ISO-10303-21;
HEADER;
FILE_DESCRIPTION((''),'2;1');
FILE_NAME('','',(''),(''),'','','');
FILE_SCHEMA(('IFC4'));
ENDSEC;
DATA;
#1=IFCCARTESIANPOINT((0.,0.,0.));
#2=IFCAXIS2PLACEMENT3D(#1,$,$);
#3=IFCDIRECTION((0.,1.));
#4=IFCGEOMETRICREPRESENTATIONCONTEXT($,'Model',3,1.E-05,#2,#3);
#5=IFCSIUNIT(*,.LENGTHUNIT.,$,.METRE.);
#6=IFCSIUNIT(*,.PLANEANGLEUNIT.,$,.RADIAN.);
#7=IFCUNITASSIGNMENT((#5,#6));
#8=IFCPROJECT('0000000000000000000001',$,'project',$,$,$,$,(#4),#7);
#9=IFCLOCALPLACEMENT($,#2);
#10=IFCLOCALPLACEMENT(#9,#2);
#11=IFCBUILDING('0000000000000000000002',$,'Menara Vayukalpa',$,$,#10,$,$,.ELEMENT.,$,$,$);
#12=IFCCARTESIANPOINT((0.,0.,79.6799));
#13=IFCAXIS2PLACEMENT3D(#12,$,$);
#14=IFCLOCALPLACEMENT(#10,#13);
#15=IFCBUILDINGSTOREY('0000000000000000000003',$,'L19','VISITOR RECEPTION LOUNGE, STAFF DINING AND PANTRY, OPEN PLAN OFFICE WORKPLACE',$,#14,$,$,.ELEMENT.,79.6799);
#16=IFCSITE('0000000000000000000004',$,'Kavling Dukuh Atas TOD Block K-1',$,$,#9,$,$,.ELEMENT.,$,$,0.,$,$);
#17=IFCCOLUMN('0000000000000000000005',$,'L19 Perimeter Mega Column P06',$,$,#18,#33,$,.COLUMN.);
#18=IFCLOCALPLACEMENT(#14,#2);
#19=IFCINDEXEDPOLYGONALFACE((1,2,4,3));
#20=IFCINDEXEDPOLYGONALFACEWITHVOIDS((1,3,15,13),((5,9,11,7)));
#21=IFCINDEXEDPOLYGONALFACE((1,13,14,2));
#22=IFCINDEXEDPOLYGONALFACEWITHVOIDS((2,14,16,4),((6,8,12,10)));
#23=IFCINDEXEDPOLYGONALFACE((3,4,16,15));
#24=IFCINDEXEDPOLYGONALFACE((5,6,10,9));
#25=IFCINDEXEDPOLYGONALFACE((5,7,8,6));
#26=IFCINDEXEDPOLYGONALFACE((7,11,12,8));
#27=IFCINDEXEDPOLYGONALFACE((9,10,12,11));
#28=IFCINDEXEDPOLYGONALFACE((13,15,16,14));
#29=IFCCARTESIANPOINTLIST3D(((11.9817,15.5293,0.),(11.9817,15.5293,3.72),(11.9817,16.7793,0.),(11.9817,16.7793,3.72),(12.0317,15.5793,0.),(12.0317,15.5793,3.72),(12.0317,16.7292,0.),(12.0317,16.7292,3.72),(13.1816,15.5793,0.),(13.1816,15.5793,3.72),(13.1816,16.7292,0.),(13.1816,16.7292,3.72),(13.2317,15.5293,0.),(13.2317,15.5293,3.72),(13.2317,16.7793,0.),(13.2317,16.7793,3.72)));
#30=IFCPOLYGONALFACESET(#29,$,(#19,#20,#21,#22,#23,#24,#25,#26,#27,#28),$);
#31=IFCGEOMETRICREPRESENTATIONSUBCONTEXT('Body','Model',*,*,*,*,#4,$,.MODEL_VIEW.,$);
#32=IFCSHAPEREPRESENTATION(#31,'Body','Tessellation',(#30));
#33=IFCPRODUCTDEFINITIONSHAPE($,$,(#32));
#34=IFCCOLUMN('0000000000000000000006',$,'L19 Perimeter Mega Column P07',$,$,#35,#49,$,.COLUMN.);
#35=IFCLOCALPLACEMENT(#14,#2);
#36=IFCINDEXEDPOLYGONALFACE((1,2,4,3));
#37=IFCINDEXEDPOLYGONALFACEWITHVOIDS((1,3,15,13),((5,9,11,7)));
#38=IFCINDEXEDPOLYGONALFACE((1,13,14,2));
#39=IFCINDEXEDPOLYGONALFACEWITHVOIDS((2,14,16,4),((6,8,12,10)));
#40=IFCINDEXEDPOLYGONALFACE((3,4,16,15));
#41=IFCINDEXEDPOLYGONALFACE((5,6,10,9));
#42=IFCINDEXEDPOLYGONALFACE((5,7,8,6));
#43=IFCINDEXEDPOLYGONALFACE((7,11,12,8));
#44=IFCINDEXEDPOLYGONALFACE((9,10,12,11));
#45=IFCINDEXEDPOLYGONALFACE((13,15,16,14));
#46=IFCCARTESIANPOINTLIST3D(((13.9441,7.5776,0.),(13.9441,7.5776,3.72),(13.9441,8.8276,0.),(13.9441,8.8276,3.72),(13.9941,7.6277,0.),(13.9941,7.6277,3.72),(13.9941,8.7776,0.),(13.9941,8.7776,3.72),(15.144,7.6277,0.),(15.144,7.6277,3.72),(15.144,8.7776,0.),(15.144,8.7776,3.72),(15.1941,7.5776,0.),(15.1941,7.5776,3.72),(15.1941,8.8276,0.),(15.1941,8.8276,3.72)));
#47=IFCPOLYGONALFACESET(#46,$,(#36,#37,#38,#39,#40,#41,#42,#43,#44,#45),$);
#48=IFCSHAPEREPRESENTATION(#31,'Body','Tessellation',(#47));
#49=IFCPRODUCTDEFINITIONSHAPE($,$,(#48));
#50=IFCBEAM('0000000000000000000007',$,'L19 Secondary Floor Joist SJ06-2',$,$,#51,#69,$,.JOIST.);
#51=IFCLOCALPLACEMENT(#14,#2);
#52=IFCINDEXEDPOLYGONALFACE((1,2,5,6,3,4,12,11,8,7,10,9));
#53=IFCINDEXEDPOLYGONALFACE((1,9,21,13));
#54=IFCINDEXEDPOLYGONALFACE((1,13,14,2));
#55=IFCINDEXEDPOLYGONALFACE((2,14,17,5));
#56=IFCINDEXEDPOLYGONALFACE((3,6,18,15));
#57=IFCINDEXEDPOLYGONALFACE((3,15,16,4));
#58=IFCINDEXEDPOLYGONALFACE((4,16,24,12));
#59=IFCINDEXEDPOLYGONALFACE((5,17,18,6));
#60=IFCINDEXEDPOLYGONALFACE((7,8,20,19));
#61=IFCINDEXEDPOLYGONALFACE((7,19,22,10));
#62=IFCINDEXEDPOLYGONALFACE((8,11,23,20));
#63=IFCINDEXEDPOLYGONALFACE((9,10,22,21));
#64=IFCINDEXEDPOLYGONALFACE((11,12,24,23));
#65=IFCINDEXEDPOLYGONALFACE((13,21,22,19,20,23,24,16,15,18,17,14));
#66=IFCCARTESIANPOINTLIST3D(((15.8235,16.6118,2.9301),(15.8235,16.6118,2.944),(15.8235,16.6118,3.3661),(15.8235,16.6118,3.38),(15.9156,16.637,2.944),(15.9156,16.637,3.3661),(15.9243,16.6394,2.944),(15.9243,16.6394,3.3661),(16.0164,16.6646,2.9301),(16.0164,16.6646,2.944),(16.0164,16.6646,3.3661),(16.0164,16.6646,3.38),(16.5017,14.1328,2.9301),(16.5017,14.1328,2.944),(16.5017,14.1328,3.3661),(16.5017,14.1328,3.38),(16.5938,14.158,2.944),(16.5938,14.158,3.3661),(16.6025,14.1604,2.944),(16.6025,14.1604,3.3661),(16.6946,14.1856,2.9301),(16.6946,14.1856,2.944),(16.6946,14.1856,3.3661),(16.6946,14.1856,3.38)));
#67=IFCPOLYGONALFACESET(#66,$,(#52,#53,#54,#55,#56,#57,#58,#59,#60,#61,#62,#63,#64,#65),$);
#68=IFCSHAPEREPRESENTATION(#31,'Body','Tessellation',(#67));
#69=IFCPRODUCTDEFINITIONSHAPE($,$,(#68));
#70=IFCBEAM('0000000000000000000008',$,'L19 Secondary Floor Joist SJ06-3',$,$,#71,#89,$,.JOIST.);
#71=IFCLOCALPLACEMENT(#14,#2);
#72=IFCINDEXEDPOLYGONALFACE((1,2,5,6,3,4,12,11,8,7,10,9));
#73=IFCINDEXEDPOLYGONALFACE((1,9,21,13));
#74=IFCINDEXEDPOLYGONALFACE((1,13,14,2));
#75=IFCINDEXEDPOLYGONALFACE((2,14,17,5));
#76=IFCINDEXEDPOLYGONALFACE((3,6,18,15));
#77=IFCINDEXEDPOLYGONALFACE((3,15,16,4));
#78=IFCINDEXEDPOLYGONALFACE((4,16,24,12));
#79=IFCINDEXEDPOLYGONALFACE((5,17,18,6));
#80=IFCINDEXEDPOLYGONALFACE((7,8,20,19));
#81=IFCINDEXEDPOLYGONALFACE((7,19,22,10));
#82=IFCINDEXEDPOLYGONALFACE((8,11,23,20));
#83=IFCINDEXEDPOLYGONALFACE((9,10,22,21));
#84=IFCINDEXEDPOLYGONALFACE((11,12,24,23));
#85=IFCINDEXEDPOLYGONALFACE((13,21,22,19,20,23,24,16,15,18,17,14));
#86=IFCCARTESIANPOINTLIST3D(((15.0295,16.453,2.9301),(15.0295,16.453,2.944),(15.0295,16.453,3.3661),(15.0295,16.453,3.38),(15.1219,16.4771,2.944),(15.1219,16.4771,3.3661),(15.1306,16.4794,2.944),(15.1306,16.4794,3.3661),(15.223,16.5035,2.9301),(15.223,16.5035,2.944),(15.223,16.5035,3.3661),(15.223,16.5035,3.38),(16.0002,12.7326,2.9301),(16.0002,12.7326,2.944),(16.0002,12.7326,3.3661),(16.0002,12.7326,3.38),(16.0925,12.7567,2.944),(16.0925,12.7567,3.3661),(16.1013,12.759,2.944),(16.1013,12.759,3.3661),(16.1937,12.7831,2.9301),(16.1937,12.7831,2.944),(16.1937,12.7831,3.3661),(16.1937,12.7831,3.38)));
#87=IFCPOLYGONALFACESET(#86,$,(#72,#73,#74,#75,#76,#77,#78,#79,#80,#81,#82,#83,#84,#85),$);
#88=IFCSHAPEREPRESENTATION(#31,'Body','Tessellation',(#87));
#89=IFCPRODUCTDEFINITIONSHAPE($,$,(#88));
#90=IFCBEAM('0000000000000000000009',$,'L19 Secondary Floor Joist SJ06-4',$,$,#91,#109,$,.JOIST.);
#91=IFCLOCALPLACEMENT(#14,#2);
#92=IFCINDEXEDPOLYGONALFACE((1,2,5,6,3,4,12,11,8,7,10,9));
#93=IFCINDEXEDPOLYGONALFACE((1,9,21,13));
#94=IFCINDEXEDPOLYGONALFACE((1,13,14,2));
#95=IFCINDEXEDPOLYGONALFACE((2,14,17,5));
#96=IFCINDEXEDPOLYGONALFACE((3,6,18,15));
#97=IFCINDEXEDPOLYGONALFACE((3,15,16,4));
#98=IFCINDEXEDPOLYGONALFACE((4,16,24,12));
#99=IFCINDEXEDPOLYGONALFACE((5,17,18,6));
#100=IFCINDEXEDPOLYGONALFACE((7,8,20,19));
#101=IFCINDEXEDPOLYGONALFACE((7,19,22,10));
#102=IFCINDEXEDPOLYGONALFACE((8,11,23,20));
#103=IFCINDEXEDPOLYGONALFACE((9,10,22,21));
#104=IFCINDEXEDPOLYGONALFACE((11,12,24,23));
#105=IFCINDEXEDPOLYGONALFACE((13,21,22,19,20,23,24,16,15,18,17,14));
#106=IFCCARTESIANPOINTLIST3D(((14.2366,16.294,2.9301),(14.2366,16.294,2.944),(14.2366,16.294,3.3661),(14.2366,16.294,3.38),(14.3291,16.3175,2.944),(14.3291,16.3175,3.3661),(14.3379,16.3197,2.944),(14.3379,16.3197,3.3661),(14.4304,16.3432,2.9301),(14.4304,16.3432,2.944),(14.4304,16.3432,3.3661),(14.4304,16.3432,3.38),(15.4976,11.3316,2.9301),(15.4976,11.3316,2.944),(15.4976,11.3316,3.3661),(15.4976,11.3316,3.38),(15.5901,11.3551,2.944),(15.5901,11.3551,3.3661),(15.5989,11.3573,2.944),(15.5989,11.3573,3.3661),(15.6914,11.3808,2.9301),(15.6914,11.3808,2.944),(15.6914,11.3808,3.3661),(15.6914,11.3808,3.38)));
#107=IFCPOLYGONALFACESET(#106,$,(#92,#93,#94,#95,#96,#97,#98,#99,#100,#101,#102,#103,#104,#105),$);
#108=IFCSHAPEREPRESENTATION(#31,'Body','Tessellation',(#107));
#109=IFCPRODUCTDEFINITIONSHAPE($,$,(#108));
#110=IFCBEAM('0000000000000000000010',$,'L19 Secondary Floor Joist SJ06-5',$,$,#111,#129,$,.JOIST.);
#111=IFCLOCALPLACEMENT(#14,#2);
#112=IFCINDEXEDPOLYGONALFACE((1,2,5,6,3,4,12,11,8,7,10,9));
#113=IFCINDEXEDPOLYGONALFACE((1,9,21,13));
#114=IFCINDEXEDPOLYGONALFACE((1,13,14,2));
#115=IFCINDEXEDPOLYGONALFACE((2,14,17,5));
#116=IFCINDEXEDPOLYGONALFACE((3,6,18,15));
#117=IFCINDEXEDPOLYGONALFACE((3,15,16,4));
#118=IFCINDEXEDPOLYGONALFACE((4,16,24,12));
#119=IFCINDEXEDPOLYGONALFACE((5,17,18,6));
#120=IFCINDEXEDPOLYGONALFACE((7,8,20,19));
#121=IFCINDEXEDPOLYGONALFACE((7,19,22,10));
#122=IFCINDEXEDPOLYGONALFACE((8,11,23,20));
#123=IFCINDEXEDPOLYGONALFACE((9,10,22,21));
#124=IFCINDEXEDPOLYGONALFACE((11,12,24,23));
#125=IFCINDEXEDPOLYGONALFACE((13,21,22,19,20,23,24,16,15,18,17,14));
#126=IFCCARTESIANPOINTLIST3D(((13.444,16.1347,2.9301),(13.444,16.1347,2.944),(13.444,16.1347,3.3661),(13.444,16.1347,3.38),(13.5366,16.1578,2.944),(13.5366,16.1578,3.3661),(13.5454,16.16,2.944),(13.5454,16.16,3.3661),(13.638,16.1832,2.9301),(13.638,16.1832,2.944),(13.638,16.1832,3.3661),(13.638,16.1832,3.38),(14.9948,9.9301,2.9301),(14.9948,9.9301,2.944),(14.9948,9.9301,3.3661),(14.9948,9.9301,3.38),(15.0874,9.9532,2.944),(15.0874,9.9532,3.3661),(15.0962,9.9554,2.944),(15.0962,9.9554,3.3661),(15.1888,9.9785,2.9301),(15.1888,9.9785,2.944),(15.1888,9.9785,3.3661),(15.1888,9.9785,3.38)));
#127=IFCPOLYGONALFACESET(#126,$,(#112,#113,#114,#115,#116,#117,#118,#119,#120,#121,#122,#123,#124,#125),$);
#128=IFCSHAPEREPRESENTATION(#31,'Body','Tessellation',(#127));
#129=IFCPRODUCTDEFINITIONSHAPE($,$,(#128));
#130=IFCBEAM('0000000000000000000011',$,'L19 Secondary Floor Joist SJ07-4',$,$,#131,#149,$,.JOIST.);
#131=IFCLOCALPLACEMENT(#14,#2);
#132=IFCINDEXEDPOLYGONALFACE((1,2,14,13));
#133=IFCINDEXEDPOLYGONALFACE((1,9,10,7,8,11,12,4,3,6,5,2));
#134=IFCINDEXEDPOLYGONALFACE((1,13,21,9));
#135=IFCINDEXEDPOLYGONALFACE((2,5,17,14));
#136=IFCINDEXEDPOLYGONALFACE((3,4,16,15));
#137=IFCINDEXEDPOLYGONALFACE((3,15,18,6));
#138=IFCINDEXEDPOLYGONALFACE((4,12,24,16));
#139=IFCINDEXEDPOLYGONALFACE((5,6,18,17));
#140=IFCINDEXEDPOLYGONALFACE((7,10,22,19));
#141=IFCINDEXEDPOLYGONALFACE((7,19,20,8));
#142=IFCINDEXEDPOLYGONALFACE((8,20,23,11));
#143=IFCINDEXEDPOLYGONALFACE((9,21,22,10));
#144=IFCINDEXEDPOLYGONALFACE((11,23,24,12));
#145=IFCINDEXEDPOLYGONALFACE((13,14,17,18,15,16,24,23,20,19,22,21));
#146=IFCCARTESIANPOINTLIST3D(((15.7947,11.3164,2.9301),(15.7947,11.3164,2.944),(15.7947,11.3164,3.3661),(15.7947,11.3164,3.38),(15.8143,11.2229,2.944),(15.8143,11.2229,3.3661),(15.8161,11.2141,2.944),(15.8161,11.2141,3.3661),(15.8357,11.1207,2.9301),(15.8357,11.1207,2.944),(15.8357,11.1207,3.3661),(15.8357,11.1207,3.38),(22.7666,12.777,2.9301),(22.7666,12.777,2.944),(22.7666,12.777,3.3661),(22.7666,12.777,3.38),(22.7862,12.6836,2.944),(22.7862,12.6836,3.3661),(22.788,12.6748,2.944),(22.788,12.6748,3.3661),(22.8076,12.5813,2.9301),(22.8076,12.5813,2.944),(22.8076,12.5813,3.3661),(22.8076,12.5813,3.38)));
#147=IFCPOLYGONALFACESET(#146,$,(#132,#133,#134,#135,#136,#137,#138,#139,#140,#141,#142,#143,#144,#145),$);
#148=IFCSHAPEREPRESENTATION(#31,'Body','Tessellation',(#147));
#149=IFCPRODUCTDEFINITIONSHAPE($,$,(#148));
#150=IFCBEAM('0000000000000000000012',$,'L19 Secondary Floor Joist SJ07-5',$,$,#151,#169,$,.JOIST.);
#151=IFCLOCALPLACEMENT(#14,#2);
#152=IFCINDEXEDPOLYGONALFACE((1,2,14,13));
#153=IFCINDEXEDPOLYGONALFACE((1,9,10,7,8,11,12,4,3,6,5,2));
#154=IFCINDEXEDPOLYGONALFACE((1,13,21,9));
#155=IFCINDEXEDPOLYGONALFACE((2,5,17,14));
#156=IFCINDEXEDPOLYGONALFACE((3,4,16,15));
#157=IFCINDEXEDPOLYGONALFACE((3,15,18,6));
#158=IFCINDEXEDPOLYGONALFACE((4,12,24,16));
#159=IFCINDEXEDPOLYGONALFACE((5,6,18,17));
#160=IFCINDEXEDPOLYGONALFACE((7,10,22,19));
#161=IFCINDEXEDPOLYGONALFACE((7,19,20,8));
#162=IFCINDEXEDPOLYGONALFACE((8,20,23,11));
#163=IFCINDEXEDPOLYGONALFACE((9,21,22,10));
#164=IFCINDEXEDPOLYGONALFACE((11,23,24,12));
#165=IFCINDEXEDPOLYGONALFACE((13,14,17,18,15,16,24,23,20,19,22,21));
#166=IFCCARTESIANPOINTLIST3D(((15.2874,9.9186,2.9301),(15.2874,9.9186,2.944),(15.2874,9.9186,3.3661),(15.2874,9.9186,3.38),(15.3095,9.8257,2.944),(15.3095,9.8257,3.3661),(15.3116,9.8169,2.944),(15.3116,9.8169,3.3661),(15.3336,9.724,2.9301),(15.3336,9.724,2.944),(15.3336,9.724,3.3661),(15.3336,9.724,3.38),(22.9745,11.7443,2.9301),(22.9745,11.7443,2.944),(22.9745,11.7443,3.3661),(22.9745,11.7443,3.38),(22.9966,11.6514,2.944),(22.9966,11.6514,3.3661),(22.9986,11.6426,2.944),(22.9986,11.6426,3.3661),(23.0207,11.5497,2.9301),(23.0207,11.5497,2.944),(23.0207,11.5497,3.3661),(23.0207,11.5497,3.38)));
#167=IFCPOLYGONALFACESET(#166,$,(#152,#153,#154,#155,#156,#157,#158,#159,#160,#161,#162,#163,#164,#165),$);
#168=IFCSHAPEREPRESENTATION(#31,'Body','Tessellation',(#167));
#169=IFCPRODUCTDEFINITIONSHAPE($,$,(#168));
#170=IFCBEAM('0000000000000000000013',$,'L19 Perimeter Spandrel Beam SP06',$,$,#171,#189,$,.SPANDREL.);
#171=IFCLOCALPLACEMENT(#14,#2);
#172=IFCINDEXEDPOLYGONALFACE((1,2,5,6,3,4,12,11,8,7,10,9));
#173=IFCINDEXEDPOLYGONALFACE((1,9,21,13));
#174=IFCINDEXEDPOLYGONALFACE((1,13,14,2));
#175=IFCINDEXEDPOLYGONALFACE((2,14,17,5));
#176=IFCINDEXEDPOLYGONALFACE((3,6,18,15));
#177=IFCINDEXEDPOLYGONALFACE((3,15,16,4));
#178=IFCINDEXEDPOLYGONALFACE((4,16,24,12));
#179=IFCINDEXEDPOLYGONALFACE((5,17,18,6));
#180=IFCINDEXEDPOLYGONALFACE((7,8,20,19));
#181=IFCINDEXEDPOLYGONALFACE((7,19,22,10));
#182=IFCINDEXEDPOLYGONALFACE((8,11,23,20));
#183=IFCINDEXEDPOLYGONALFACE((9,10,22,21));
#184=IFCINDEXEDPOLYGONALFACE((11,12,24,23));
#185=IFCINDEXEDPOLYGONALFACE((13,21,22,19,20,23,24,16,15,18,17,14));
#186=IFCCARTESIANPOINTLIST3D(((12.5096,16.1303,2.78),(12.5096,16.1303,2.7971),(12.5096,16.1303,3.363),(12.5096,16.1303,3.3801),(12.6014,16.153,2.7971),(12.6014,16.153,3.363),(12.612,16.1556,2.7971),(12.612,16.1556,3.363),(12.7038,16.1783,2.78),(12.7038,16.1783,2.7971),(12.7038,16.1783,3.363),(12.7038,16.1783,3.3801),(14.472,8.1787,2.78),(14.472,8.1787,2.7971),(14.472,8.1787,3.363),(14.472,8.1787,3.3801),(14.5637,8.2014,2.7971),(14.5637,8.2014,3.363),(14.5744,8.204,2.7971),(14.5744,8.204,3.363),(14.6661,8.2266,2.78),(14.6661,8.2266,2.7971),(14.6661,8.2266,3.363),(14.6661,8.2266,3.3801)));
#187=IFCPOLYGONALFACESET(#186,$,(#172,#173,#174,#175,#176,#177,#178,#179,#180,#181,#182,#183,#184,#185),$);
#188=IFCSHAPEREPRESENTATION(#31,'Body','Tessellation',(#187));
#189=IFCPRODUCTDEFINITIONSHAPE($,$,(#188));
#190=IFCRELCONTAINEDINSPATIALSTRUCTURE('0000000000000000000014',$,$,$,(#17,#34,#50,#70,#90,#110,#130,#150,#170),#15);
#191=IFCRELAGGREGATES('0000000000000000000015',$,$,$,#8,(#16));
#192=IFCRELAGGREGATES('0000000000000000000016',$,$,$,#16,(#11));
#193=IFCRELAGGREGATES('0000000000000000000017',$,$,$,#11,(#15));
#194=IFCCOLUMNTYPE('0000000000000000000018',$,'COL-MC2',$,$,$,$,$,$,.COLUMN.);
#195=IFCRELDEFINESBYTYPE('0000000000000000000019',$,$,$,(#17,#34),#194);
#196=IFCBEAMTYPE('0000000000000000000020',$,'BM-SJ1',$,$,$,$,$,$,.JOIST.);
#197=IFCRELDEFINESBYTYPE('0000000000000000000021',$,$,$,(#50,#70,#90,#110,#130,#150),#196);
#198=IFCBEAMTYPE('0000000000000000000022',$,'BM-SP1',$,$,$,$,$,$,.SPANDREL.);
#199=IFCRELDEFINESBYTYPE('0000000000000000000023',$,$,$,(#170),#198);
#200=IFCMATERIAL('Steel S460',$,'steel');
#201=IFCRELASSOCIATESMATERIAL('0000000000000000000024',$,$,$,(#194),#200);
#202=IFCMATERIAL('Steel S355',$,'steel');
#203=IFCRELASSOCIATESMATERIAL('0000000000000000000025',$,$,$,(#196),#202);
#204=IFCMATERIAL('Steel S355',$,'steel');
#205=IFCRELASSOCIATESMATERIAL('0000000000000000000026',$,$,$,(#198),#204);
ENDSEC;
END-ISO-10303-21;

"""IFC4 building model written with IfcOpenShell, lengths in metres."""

from ifc_helpers import new_model, si_unit, direction, frame, origin, origin_2d, place, context, subcontext, project, spatial, hollow_rectangle, i_section, extrude, material, material_profile, profile_set, type_object, element, save


model = new_model("IFC4")

# Units and contexts
model_context = context("Model", 3, precision=1e-05, world=origin(), true_north=direction((0.0, 1.0)))
body_context = subcontext(model_context, "Body", "Model", "MODEL_VIEW")
ifc_project = project(units=[si_unit("LENGTHUNIT", "METRE"), si_unit("PLANEANGLEUNIT", "RADIAN")], contexts=[model_context])

# Site, building, storey
site_placement = place(None, origin())
site = spatial("IfcSite", under=ifc_project, at=site_placement, Name="Kavling Dukuh Atas TOD Block K-1", CompositionType="ELEMENT", RefElevation=0.0)
building_placement = place(site_placement, origin())
building = spatial("IfcBuilding", under=site, at=building_placement, Name="Menara Vayukalpa", CompositionType="ELEMENT")
storey_placement = place(building_placement, frame((0.0, 0.0, 79.6799)))
storey = spatial("IfcBuildingStorey", under=building, at=storey_placement, Name="L19", Description="VISITOR RECEPTION LOUNGE, STAFF DINING AND PANTRY, OPEN PLAN OFFICE WORKPLACE", CompositionType="ELEMENT", Elevation=79.6799)

# Columns
ifc_material_1 = material(Name="Steel S460", Category="steel")
ifc_material_profile_1 = material_profile(ifc_material_1, hollow_rectangle(XDim=1.25, YDim=1.25, WallThickness=0.05, at=origin_2d()), Name="BOX 1250x1250x50")
ifc_profile_set_1 = profile_set([ifc_material_profile_1], Name="Steel S460")
column_type = type_object("IfcColumnType", Name="COL-MC2", PredefinedType="COLUMN", material=ifc_profile_set_1)
for number, where, z_axis, x_axis, name in (
    (1, (12.6067, 16.1543, 0.0), (0.0, 0.0, 1.0), (1.0, 0.0, 0.0), "L19 Perimeter Mega Column P06"),
    (2, (14.5691, 8.2026, 0.0), (0.0, 0.0, 1.0), (1.0, 0.0, 0.0), "L19 Perimeter Mega Column P07"),
):
    element("IfcColumn", number, at=place(storey_placement, frame(where, z_axis=z_axis, x_axis=x_axis)), inside=storey, type_object=column_type, Name=name, PredefinedType="COLUMN", context=body_context, shape_type="SweptSolid", body=[
        extrude(hollow_rectangle(XDim=1.25, YDim=1.25, WallThickness=0.05, at=origin_2d()), origin(), (0.0, 0.0, 1.0), 3.72),
    ])

# Beams
ifc_material_2 = material(Name="Steel S355", Category="steel")
ifc_material_profile_2 = material_profile(ifc_material_2, i_section(OverallWidth=0.2, OverallDepth=0.45, WebThickness=0.009, FlangeThickness=0.0139, at=origin_2d()), Name="WF 450x200x9x14")
ifc_profile_set_2 = profile_set([ifc_material_profile_2], Name="Steel S355")
beam_type_1 = type_object("IfcBeamType", Name="BM-SJ1", PredefinedType="JOIST", material=ifc_profile_set_2)
beam_1_placement = place(storey_placement, frame((15.9199, 16.6382, 3.155), z_axis=(0.263889, -0.964553, 0.0), x_axis=(0.964553, 0.263889, 0.0)))
element("IfcBeam", 3, at=beam_1_placement, inside=storey, type_object=beam_type_1, Name="L19 Secondary Floor Joist SJ06-2", PredefinedType="JOIST", context=body_context, shape_type="SweptSolid", body=[
    extrude(i_section(OverallWidth=0.2, OverallDepth=0.45, WebThickness=0.009, FlangeThickness=0.0139, at=origin_2d()), origin(), (0.0, 0.0, 1.0), 2.5701),
])
beam_2_placement = place(storey_placement, frame((15.1262, 16.4783, 3.155), z_axis=(0.252458, -0.967608, 0.0), x_axis=(0.967608, 0.252458, 0.0)))
element("IfcBeam", 4, at=beam_2_placement, inside=storey, type_object=beam_type_1, Name="L19 Secondary Floor Joist SJ06-3", PredefinedType="JOIST", context=body_context, shape_type="SweptSolid", body=[
    extrude(i_section(OverallWidth=0.2, OverallDepth=0.45, WebThickness=0.009, FlangeThickness=0.0139, at=origin_2d()), origin(), (0.0, 0.0, 1.0), 3.845),
])
beam_3_placement = place(storey_placement, frame((14.3335, 16.3186, 3.155), z_axis=(0.246281, -0.969198, 0.0), x_axis=(0.969198, 0.246281, 0.0)))
element("IfcBeam", 5, at=beam_3_placement, inside=storey, type_object=beam_type_1, Name="L19 Secondary Floor Joist SJ06-4", PredefinedType="JOIST", context=body_context, shape_type="SweptSolid", body=[
    extrude(i_section(OverallWidth=0.2, OverallDepth=0.45, WebThickness=0.009, FlangeThickness=0.0139, at=origin_2d()), origin(), (0.0, 0.0, 1.0), 5.1201),
])
beam_4_placement = place(storey_placement, frame((13.541, 16.1589, 3.155), z_axis=(0.242482, -0.970156, 0.0), x_axis=(0.970156, 0.242482, 0.0)))
element("IfcBeam", 6, at=beam_4_placement, inside=storey, type_object=beam_type_1, Name="L19 Secondary Floor Joist SJ06-5", PredefinedType="JOIST", context=body_context, shape_type="SweptSolid", body=[
    extrude(i_section(OverallWidth=0.2, OverallDepth=0.45, WebThickness=0.009, FlangeThickness=0.0139, at=origin_2d()), origin(), (0.0, 0.0, 1.0), 6.3955),
])
beam_5_placement = place(storey_placement, frame((15.8152, 11.2185, 3.155), z_axis=(0.97875, 0.205059, 0.0), x_axis=(-0.205059, 0.97875, 0.0)))
element("IfcBeam", 7, at=beam_5_placement, inside=storey, type_object=beam_type_1, Name="L19 Secondary Floor Joist SJ07-4", PredefinedType="JOIST", context=body_context, shape_type="SweptSolid", body=[
    extrude(i_section(OverallWidth=0.2, OverallDepth=0.45, WebThickness=0.009, FlangeThickness=0.0139, at=origin_2d()), origin(), (0.0, 0.0, 1.0), 7.1233),
])
beam_6_placement = place(storey_placement, frame((15.3105, 9.8213, 3.155), z_axis=(0.972936, 0.231075, 0.0), x_axis=(-0.231075, 0.972936, 0.0)))
element("IfcBeam", 8, at=beam_6_placement, inside=storey, type_object=beam_type_1, Name="L19 Secondary Floor Joist SJ07-5", PredefinedType="JOIST", context=body_context, shape_type="SweptSolid", body=[
    extrude(i_section(OverallWidth=0.2, OverallDepth=0.45, WebThickness=0.009, FlangeThickness=0.0139, at=origin_2d()), origin(), (0.0, 0.0, 1.0), 7.9009),
])
ifc_material_3 = material(Name="Steel S355", Category="steel")
ifc_material_profile_3 = material_profile(ifc_material_3, i_section(OverallWidth=0.2, OverallDepth=0.6001, WebThickness=0.011, FlangeThickness=0.0171, at=origin_2d()), Name="WF 600x200x11x17")
ifc_profile_set_3 = profile_set([ifc_material_profile_3], Name="Steel S355")
beam_type_2 = type_object("IfcBeamType", Name="BM-SP1", PredefinedType="SPANDREL", material=ifc_profile_set_3)
beam_7_placement = place(storey_placement, frame((12.6067, 16.1543, 3.0801), z_axis=(0.239603, -0.970871, 0.0), x_axis=(0.970871, 0.239603, 0.0)))
element("IfcBeam", 9, at=beam_7_placement, inside=storey, type_object=beam_type_2, Name="L19 Perimeter Spandrel Beam SP06", PredefinedType="SPANDREL", context=body_context, shape_type="SweptSolid", body=[
    extrude(i_section(OverallWidth=0.2, OverallDepth=0.6001, WebThickness=0.011, FlangeThickness=0.0171, at=origin_2d()), origin(), (0.0, 0.0, 1.0), 8.1902),
])

save(model, "model.ifc")
